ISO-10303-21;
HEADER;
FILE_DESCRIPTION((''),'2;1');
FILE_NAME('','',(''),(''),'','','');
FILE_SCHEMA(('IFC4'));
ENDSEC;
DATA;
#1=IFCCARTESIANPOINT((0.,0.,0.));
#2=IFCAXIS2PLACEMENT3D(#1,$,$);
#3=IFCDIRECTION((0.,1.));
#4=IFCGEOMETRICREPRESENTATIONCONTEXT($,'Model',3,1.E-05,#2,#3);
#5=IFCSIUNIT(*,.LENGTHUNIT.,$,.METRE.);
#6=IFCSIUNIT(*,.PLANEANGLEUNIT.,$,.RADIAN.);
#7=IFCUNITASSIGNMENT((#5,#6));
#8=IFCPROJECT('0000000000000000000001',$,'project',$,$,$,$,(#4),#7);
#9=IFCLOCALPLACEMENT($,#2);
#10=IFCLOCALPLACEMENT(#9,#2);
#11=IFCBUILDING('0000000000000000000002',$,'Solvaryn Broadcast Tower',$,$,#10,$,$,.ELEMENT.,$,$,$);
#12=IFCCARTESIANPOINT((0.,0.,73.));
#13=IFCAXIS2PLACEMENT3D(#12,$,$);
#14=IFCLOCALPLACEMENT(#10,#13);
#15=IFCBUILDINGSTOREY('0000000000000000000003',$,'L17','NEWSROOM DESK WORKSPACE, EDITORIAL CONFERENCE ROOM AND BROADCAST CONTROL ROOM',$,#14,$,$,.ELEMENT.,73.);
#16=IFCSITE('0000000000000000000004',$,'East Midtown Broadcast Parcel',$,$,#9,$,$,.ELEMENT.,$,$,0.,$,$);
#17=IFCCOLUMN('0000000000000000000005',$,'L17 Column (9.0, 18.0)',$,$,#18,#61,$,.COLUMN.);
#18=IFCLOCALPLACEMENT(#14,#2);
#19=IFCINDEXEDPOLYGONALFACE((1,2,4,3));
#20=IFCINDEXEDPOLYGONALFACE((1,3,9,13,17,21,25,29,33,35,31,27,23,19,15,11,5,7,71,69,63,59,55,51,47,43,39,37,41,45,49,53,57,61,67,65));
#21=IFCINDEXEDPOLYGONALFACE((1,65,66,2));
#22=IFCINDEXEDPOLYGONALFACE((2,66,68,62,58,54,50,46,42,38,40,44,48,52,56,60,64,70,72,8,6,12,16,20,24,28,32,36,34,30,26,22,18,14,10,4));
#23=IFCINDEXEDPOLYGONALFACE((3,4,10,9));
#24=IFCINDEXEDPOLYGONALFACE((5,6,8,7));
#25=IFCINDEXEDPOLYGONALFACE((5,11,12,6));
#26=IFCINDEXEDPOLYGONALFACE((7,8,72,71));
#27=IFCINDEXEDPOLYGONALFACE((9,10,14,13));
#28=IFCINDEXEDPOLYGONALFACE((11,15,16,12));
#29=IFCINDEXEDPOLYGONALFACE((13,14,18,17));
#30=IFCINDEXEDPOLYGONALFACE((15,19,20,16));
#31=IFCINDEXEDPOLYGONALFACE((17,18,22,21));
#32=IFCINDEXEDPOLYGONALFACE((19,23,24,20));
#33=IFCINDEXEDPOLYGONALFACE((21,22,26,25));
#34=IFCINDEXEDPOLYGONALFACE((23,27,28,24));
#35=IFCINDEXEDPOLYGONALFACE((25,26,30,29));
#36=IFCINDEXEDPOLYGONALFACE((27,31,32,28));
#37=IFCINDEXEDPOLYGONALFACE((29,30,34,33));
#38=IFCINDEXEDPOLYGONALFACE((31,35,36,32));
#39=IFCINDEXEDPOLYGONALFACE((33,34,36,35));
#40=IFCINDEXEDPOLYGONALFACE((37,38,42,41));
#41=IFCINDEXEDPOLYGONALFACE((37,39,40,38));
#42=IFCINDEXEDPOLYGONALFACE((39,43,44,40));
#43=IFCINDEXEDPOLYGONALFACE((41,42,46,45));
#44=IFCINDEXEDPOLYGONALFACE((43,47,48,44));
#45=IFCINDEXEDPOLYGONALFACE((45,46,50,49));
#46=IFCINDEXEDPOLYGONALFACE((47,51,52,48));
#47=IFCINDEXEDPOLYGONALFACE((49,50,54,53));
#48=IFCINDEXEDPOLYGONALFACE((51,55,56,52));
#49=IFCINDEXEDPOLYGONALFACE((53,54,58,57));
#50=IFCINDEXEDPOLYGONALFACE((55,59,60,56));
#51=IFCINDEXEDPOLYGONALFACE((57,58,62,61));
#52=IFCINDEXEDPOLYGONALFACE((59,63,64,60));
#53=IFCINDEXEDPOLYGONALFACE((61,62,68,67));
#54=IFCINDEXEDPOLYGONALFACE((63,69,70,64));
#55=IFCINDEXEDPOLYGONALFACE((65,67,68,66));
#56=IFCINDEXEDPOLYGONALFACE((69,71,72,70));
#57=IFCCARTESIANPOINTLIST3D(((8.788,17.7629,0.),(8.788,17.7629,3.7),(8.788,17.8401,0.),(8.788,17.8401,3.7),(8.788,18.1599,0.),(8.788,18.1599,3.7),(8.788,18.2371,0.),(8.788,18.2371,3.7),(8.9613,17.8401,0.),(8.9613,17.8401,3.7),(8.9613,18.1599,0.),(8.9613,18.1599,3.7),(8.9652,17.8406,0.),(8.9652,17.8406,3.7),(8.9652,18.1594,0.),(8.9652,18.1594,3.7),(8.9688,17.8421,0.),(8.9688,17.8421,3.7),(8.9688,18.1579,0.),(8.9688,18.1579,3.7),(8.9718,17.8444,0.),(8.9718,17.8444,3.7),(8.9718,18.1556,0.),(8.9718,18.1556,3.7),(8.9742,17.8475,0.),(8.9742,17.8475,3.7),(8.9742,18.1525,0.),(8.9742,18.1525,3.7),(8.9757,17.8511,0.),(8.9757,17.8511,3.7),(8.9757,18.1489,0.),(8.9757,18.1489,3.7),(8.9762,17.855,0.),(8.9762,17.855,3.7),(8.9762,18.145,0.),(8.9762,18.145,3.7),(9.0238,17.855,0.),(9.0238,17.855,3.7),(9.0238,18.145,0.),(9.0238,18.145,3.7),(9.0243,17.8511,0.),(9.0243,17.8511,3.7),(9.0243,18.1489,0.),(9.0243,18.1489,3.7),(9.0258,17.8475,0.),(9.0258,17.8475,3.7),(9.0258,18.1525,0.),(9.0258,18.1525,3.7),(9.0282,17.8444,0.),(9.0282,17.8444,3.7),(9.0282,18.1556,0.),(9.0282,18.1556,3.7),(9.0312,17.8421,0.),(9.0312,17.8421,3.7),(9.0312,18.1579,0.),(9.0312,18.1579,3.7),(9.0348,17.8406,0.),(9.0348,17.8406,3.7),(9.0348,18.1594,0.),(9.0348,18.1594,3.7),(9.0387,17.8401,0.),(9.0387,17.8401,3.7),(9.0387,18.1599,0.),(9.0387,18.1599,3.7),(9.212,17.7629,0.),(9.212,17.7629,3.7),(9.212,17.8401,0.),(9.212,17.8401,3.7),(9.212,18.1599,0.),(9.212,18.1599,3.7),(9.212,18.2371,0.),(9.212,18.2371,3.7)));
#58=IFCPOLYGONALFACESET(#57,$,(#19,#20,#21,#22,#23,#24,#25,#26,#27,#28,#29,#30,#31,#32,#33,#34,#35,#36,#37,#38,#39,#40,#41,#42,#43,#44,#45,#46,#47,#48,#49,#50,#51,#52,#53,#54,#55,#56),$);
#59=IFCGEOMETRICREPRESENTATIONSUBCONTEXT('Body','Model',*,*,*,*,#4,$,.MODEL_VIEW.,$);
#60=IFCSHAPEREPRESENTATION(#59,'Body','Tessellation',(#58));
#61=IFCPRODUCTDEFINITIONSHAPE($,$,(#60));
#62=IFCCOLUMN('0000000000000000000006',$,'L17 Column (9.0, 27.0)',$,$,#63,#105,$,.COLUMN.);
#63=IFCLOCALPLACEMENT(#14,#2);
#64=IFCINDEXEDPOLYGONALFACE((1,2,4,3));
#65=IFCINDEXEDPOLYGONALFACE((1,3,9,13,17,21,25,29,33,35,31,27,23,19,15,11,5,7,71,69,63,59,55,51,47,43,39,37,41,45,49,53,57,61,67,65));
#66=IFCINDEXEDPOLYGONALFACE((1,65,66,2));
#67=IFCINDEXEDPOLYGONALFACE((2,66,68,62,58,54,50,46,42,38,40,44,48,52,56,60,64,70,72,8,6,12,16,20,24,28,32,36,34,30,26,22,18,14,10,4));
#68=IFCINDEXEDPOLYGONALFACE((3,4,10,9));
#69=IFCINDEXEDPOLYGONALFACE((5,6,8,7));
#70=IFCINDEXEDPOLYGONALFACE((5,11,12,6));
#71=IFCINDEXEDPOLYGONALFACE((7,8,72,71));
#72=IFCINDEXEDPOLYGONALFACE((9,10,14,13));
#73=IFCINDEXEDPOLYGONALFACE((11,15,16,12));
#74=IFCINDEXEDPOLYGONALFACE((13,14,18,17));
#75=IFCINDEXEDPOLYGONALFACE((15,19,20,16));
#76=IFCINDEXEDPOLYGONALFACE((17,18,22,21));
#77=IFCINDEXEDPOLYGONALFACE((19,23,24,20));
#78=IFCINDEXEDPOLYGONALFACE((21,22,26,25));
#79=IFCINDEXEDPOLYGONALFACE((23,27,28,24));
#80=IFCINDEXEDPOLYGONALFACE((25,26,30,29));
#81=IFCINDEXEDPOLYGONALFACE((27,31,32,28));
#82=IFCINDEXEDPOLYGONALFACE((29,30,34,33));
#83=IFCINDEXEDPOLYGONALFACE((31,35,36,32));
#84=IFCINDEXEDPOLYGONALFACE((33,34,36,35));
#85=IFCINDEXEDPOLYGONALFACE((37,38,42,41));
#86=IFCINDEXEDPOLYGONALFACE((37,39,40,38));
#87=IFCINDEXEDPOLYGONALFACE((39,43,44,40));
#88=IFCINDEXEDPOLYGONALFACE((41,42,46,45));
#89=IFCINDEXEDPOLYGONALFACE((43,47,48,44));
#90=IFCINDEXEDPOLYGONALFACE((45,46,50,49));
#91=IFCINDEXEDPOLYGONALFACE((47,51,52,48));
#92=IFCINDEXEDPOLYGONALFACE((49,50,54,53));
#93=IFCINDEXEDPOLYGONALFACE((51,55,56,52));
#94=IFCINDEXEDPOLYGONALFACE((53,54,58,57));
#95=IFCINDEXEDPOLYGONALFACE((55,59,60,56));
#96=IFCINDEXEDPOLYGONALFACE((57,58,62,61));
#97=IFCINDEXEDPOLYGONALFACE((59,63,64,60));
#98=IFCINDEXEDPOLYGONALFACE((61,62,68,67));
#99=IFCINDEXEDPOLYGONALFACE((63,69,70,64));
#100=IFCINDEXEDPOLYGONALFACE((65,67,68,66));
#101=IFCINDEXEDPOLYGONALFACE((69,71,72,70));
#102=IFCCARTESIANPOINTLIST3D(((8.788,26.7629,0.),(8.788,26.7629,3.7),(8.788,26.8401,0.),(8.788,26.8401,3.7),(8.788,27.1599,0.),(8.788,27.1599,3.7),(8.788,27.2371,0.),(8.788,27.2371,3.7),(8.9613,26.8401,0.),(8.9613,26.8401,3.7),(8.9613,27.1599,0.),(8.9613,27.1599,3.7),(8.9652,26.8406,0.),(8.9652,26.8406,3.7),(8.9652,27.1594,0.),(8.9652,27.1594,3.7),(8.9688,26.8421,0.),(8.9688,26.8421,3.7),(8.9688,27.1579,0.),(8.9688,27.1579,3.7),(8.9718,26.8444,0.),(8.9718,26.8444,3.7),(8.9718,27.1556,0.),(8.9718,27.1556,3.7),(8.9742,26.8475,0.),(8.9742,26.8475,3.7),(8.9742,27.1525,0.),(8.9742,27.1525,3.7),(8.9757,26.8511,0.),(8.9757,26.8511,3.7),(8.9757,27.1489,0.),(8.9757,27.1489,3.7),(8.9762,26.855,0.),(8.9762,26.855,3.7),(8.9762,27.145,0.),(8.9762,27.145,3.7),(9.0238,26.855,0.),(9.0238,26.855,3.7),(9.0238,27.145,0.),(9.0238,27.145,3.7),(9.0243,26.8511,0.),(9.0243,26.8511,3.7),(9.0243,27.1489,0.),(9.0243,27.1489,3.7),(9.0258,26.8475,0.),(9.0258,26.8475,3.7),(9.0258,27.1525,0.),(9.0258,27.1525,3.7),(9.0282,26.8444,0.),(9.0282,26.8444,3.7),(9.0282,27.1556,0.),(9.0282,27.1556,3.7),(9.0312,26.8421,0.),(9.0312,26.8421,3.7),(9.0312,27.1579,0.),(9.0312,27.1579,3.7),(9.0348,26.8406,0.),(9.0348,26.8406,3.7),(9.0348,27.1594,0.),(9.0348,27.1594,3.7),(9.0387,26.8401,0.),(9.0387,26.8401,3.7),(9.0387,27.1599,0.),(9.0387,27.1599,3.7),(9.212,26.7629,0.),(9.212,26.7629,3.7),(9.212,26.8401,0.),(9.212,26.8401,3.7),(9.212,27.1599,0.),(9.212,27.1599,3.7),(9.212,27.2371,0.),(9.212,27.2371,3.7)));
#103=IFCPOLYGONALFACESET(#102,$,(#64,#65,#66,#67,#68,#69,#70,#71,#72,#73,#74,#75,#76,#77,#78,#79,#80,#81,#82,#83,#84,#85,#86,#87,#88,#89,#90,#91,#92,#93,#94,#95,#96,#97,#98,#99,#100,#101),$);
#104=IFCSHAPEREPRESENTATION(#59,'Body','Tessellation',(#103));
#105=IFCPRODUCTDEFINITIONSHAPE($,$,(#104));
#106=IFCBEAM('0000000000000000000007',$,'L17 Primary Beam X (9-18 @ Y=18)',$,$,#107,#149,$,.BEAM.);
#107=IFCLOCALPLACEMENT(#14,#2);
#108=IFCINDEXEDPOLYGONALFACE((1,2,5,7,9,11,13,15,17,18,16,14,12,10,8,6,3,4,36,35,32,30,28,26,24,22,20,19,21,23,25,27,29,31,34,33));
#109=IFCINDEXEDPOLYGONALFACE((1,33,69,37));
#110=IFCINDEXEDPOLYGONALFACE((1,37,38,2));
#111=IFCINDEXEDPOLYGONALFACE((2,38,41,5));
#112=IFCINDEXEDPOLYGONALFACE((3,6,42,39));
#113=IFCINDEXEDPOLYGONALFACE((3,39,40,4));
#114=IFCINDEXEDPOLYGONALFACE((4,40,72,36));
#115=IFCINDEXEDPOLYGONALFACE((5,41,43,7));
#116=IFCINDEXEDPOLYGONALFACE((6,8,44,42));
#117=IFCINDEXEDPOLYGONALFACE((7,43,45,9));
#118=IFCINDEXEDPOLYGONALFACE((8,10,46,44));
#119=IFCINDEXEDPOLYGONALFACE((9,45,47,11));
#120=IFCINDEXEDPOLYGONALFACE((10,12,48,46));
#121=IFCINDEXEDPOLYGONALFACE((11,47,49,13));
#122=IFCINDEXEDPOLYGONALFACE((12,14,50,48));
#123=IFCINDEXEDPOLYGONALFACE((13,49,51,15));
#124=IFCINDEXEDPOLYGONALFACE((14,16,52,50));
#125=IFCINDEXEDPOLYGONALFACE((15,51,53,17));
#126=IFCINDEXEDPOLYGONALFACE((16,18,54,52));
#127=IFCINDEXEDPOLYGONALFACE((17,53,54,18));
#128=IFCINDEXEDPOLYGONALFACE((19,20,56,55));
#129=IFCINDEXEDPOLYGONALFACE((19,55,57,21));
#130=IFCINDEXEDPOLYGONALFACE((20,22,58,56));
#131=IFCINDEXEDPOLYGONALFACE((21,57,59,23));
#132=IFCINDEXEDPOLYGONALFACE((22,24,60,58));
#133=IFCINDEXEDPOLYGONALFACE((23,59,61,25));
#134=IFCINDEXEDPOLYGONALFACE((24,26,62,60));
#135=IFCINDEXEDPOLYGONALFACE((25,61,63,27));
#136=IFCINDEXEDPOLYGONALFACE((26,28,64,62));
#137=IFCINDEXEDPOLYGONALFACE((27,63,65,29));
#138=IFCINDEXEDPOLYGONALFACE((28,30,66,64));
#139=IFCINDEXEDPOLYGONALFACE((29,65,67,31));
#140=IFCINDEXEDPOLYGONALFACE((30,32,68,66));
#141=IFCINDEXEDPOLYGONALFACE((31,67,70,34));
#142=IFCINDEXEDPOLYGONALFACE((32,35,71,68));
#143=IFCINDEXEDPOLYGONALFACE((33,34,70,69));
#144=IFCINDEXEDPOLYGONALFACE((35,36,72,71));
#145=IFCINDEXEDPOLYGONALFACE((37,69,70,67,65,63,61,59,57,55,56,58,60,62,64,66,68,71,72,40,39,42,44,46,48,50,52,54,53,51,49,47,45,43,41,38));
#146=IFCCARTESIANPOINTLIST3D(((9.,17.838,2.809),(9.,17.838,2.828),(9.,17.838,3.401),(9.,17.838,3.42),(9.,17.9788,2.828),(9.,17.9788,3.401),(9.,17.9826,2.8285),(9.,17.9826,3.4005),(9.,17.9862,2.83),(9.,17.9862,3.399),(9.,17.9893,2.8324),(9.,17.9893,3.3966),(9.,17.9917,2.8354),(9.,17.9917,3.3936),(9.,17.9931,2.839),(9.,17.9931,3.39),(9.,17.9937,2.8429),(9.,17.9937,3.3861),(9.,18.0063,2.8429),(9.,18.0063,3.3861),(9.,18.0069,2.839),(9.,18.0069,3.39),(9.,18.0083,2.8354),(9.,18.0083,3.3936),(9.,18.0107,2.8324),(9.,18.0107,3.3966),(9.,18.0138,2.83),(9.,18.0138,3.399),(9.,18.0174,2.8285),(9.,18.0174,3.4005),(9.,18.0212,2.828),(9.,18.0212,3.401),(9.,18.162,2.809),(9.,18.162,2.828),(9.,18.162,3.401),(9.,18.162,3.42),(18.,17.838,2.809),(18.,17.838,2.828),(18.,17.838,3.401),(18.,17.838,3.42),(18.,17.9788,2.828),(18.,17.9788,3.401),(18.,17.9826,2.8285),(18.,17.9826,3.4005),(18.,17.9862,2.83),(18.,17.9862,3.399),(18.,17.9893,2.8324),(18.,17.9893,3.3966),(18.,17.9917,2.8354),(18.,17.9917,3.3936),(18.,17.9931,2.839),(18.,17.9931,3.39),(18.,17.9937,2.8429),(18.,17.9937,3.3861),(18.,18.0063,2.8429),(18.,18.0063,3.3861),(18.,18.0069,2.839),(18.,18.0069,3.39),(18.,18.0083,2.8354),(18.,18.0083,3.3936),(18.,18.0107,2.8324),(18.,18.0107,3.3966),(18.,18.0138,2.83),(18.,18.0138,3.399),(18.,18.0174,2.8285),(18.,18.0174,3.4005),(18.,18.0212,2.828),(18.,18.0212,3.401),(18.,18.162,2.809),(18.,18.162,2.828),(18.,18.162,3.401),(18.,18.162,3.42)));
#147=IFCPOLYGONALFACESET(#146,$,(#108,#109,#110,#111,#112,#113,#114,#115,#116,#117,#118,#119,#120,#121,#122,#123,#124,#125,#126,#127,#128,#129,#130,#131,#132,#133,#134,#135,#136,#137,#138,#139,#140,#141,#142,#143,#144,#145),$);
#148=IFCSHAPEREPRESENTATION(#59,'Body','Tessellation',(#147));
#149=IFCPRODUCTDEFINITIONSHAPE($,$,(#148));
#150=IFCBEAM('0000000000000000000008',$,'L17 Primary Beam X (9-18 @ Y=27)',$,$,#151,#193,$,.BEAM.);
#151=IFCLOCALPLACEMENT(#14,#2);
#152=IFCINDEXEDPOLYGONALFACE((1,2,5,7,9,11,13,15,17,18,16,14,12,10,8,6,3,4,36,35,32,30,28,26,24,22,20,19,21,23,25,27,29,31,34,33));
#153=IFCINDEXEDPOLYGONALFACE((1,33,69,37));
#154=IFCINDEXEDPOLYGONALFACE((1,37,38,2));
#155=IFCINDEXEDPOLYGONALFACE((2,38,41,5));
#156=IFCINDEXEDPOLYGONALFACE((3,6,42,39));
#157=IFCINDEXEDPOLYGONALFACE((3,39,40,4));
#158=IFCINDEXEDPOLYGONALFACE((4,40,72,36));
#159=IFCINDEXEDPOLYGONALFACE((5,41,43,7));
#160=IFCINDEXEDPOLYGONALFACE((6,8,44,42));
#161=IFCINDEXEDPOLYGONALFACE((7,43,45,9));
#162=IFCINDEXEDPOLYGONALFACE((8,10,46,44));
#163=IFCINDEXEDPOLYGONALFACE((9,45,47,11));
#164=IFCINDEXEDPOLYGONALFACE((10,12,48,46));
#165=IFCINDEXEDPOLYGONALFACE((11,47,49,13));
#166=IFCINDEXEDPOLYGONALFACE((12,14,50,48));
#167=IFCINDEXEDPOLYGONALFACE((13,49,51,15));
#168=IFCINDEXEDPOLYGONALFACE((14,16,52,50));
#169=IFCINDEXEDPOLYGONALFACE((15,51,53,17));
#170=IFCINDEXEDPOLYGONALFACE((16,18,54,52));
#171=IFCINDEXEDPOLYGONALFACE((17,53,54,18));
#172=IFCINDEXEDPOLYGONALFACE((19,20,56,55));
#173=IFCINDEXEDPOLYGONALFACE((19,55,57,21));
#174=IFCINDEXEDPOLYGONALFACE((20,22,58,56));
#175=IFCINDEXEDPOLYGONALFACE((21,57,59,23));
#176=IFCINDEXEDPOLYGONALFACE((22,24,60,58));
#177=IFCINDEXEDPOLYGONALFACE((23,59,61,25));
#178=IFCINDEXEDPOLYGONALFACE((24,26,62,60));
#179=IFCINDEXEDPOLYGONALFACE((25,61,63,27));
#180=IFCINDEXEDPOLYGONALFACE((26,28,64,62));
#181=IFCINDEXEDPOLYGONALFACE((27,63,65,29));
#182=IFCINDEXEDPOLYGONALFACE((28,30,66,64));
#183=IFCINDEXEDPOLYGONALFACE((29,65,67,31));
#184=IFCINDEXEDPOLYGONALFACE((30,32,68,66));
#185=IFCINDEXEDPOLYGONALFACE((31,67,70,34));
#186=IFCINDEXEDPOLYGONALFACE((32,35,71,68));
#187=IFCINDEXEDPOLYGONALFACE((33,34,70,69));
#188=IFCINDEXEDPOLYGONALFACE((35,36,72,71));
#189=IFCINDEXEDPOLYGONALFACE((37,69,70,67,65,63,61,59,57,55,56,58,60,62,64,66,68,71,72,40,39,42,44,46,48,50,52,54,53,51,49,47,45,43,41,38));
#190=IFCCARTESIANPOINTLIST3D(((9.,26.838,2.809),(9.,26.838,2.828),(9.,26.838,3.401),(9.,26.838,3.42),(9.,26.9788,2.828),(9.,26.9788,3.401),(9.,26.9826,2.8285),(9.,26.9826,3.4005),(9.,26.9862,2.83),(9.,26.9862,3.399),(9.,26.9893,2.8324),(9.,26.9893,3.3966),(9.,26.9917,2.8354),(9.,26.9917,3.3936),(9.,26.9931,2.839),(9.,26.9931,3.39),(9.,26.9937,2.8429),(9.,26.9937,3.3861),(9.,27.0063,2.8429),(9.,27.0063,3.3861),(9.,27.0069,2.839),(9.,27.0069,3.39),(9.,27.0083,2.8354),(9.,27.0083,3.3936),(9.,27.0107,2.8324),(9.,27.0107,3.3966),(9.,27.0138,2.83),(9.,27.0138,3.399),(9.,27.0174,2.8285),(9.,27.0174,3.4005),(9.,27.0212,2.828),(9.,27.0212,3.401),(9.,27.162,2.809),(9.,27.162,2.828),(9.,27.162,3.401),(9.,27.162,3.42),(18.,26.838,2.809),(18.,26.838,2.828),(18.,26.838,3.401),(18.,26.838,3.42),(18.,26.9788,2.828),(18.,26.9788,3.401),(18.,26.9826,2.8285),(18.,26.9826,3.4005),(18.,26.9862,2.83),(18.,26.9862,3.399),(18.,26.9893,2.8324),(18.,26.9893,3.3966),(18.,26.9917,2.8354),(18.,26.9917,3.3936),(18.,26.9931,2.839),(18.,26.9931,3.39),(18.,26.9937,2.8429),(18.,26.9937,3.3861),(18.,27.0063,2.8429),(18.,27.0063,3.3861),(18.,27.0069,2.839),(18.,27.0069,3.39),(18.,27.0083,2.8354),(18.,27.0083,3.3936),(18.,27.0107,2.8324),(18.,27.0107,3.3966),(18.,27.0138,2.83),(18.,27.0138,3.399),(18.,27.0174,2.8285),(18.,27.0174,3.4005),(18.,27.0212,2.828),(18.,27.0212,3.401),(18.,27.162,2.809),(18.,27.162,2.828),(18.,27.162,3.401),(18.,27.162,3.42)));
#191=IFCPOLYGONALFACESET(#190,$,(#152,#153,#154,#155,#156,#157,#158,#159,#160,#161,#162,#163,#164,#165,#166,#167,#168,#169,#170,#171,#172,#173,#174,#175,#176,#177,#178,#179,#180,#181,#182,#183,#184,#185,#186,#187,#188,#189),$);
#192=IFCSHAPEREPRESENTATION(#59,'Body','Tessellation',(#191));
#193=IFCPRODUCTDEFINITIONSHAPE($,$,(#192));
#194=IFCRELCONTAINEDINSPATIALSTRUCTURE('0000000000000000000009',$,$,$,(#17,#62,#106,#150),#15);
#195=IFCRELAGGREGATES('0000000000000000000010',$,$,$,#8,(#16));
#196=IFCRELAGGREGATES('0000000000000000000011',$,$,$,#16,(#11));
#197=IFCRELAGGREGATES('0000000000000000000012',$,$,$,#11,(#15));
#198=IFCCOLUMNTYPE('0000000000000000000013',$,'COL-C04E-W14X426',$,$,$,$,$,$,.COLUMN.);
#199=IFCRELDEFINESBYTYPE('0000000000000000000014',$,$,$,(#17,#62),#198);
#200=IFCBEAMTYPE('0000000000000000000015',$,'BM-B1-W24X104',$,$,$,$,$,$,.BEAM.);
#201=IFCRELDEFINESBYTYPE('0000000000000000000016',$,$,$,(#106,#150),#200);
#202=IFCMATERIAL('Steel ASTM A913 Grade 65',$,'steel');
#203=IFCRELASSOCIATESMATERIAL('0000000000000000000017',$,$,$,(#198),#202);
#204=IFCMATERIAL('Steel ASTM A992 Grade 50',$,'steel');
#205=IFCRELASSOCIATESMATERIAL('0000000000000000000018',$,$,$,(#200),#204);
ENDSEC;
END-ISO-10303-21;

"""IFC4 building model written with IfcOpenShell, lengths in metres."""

from ifc_helpers import new_model, si_unit, direction, frame, origin, origin_2d, place, context, subcontext, project, spatial, i_section, extrude, material, material_profile, profile_set, type_object, element, save


model = new_model("IFC4")

# Units and contexts
model_context = context("Model", 3, precision=1e-05, world=origin(), true_north=direction((0.0, 1.0)))
body_context = subcontext(model_context, "Body", "Model", "MODEL_VIEW")
ifc_project = project(units=[si_unit("LENGTHUNIT", "METRE"), si_unit("PLANEANGLEUNIT", "RADIAN")], contexts=[model_context])

# Site, building, storey
site_placement = place(None, origin())
site = spatial("IfcSite", under=ifc_project, at=site_placement, Name="East Midtown Broadcast Parcel", CompositionType="ELEMENT", RefElevation=0.0)
building_placement = place(site_placement, origin())
building = spatial("IfcBuilding", under=site, at=building_placement, Name="Solvaryn Broadcast Tower", CompositionType="ELEMENT")
storey_placement = place(building_placement, frame((0.0, 0.0, 73.0)))
storey = spatial("IfcBuildingStorey", under=building, at=storey_placement, Name="L17", Description="NEWSROOM DESK WORKSPACE, EDITORIAL CONFERENCE ROOM AND BROADCAST CONTROL ROOM", CompositionType="ELEMENT", Elevation=73.0)

# Columns
ifc_material_1 = material(Name="Steel ASTM A913 Grade 65", Category="steel")
ifc_material_profile_1 = material_profile(ifc_material_1, i_section(OverallWidth=0.4241, OverallDepth=0.4741, WebThickness=0.0476, FlangeThickness=0.0771, FilletRadius=0.0149, at=origin_2d()))
ifc_profile_set_1 = profile_set([ifc_material_profile_1], Name="Steel ASTM A913 Grade 65")
column_type = type_object("IfcColumnType", Name="COL-C04E-W14X426", PredefinedType="COLUMN", material=ifc_profile_set_1)
for number, where, z_axis, x_axis, name in (
    (1, (9.0, 18.0, 0.0), (0.0, 0.0, 1.0), (1.0, 0.0, 0.0), "L17 Column (9.0, 18.0)"),
    (2, (9.0, 27.0, 0.0), (0.0, 0.0, 1.0), (1.0, 0.0, 0.0), "L17 Column (9.0, 27.0)"),
):
    element("IfcColumn", number, at=place(storey_placement, frame(where, z_axis=z_axis, x_axis=x_axis)), inside=storey, type_object=column_type, Name=name, PredefinedType="COLUMN", context=body_context, shape_type="SweptSolid", body=[
        extrude(i_section(OverallWidth=0.4241, OverallDepth=0.4741, WebThickness=0.0476, FlangeThickness=0.0771, FilletRadius=0.0149, at=origin_2d()), origin(), (0.0, 0.0, 1.0), 3.7),
    ])

# Beams
ifc_material_2 = material(Name="Steel ASTM A992 Grade 50", Category="steel")
ifc_material_profile_2 = material_profile(ifc_material_2, i_section(OverallWidth=0.324, OverallDepth=0.6111, WebThickness=0.0127, FlangeThickness=0.019, FilletRadius=0.0149, at=origin_2d()))
ifc_profile_set_2 = profile_set([ifc_material_profile_2], Name="Steel ASTM A992 Grade 50")
beam_type_1 = type_object("IfcBeamType", Name="BM-B1-W24X104", PredefinedType="BEAM", material=ifc_profile_set_2)
for number, where, z_axis, x_axis, name in (
    (3, (9.0, 18.0, 3.1145), (1.0, 0.0, 0.0), (0.0, 1.0, 0.0), "L17 Primary Beam X (9-18 @ Y=18)"),
    (4, (9.0, 27.0, 3.1145), (1.0, 0.0, 0.0), (0.0, 1.0, 0.0), "L17 Primary Beam X (9-18 @ Y=27)"),
):
    element("IfcBeam", number, at=place(storey_placement, frame(where, z_axis=z_axis, x_axis=x_axis)), inside=storey, type_object=beam_type_1, Name=name, PredefinedType="BEAM", context=body_context, shape_type="SweptSolid", body=[
        extrude(i_section(OverallWidth=0.324, OverallDepth=0.6111, WebThickness=0.0127, FlangeThickness=0.019, FilletRadius=0.0149, at=origin_2d()), origin(), (0.0, 0.0, 1.0), 9.0),
    ])

save(model, "model.ifc")
